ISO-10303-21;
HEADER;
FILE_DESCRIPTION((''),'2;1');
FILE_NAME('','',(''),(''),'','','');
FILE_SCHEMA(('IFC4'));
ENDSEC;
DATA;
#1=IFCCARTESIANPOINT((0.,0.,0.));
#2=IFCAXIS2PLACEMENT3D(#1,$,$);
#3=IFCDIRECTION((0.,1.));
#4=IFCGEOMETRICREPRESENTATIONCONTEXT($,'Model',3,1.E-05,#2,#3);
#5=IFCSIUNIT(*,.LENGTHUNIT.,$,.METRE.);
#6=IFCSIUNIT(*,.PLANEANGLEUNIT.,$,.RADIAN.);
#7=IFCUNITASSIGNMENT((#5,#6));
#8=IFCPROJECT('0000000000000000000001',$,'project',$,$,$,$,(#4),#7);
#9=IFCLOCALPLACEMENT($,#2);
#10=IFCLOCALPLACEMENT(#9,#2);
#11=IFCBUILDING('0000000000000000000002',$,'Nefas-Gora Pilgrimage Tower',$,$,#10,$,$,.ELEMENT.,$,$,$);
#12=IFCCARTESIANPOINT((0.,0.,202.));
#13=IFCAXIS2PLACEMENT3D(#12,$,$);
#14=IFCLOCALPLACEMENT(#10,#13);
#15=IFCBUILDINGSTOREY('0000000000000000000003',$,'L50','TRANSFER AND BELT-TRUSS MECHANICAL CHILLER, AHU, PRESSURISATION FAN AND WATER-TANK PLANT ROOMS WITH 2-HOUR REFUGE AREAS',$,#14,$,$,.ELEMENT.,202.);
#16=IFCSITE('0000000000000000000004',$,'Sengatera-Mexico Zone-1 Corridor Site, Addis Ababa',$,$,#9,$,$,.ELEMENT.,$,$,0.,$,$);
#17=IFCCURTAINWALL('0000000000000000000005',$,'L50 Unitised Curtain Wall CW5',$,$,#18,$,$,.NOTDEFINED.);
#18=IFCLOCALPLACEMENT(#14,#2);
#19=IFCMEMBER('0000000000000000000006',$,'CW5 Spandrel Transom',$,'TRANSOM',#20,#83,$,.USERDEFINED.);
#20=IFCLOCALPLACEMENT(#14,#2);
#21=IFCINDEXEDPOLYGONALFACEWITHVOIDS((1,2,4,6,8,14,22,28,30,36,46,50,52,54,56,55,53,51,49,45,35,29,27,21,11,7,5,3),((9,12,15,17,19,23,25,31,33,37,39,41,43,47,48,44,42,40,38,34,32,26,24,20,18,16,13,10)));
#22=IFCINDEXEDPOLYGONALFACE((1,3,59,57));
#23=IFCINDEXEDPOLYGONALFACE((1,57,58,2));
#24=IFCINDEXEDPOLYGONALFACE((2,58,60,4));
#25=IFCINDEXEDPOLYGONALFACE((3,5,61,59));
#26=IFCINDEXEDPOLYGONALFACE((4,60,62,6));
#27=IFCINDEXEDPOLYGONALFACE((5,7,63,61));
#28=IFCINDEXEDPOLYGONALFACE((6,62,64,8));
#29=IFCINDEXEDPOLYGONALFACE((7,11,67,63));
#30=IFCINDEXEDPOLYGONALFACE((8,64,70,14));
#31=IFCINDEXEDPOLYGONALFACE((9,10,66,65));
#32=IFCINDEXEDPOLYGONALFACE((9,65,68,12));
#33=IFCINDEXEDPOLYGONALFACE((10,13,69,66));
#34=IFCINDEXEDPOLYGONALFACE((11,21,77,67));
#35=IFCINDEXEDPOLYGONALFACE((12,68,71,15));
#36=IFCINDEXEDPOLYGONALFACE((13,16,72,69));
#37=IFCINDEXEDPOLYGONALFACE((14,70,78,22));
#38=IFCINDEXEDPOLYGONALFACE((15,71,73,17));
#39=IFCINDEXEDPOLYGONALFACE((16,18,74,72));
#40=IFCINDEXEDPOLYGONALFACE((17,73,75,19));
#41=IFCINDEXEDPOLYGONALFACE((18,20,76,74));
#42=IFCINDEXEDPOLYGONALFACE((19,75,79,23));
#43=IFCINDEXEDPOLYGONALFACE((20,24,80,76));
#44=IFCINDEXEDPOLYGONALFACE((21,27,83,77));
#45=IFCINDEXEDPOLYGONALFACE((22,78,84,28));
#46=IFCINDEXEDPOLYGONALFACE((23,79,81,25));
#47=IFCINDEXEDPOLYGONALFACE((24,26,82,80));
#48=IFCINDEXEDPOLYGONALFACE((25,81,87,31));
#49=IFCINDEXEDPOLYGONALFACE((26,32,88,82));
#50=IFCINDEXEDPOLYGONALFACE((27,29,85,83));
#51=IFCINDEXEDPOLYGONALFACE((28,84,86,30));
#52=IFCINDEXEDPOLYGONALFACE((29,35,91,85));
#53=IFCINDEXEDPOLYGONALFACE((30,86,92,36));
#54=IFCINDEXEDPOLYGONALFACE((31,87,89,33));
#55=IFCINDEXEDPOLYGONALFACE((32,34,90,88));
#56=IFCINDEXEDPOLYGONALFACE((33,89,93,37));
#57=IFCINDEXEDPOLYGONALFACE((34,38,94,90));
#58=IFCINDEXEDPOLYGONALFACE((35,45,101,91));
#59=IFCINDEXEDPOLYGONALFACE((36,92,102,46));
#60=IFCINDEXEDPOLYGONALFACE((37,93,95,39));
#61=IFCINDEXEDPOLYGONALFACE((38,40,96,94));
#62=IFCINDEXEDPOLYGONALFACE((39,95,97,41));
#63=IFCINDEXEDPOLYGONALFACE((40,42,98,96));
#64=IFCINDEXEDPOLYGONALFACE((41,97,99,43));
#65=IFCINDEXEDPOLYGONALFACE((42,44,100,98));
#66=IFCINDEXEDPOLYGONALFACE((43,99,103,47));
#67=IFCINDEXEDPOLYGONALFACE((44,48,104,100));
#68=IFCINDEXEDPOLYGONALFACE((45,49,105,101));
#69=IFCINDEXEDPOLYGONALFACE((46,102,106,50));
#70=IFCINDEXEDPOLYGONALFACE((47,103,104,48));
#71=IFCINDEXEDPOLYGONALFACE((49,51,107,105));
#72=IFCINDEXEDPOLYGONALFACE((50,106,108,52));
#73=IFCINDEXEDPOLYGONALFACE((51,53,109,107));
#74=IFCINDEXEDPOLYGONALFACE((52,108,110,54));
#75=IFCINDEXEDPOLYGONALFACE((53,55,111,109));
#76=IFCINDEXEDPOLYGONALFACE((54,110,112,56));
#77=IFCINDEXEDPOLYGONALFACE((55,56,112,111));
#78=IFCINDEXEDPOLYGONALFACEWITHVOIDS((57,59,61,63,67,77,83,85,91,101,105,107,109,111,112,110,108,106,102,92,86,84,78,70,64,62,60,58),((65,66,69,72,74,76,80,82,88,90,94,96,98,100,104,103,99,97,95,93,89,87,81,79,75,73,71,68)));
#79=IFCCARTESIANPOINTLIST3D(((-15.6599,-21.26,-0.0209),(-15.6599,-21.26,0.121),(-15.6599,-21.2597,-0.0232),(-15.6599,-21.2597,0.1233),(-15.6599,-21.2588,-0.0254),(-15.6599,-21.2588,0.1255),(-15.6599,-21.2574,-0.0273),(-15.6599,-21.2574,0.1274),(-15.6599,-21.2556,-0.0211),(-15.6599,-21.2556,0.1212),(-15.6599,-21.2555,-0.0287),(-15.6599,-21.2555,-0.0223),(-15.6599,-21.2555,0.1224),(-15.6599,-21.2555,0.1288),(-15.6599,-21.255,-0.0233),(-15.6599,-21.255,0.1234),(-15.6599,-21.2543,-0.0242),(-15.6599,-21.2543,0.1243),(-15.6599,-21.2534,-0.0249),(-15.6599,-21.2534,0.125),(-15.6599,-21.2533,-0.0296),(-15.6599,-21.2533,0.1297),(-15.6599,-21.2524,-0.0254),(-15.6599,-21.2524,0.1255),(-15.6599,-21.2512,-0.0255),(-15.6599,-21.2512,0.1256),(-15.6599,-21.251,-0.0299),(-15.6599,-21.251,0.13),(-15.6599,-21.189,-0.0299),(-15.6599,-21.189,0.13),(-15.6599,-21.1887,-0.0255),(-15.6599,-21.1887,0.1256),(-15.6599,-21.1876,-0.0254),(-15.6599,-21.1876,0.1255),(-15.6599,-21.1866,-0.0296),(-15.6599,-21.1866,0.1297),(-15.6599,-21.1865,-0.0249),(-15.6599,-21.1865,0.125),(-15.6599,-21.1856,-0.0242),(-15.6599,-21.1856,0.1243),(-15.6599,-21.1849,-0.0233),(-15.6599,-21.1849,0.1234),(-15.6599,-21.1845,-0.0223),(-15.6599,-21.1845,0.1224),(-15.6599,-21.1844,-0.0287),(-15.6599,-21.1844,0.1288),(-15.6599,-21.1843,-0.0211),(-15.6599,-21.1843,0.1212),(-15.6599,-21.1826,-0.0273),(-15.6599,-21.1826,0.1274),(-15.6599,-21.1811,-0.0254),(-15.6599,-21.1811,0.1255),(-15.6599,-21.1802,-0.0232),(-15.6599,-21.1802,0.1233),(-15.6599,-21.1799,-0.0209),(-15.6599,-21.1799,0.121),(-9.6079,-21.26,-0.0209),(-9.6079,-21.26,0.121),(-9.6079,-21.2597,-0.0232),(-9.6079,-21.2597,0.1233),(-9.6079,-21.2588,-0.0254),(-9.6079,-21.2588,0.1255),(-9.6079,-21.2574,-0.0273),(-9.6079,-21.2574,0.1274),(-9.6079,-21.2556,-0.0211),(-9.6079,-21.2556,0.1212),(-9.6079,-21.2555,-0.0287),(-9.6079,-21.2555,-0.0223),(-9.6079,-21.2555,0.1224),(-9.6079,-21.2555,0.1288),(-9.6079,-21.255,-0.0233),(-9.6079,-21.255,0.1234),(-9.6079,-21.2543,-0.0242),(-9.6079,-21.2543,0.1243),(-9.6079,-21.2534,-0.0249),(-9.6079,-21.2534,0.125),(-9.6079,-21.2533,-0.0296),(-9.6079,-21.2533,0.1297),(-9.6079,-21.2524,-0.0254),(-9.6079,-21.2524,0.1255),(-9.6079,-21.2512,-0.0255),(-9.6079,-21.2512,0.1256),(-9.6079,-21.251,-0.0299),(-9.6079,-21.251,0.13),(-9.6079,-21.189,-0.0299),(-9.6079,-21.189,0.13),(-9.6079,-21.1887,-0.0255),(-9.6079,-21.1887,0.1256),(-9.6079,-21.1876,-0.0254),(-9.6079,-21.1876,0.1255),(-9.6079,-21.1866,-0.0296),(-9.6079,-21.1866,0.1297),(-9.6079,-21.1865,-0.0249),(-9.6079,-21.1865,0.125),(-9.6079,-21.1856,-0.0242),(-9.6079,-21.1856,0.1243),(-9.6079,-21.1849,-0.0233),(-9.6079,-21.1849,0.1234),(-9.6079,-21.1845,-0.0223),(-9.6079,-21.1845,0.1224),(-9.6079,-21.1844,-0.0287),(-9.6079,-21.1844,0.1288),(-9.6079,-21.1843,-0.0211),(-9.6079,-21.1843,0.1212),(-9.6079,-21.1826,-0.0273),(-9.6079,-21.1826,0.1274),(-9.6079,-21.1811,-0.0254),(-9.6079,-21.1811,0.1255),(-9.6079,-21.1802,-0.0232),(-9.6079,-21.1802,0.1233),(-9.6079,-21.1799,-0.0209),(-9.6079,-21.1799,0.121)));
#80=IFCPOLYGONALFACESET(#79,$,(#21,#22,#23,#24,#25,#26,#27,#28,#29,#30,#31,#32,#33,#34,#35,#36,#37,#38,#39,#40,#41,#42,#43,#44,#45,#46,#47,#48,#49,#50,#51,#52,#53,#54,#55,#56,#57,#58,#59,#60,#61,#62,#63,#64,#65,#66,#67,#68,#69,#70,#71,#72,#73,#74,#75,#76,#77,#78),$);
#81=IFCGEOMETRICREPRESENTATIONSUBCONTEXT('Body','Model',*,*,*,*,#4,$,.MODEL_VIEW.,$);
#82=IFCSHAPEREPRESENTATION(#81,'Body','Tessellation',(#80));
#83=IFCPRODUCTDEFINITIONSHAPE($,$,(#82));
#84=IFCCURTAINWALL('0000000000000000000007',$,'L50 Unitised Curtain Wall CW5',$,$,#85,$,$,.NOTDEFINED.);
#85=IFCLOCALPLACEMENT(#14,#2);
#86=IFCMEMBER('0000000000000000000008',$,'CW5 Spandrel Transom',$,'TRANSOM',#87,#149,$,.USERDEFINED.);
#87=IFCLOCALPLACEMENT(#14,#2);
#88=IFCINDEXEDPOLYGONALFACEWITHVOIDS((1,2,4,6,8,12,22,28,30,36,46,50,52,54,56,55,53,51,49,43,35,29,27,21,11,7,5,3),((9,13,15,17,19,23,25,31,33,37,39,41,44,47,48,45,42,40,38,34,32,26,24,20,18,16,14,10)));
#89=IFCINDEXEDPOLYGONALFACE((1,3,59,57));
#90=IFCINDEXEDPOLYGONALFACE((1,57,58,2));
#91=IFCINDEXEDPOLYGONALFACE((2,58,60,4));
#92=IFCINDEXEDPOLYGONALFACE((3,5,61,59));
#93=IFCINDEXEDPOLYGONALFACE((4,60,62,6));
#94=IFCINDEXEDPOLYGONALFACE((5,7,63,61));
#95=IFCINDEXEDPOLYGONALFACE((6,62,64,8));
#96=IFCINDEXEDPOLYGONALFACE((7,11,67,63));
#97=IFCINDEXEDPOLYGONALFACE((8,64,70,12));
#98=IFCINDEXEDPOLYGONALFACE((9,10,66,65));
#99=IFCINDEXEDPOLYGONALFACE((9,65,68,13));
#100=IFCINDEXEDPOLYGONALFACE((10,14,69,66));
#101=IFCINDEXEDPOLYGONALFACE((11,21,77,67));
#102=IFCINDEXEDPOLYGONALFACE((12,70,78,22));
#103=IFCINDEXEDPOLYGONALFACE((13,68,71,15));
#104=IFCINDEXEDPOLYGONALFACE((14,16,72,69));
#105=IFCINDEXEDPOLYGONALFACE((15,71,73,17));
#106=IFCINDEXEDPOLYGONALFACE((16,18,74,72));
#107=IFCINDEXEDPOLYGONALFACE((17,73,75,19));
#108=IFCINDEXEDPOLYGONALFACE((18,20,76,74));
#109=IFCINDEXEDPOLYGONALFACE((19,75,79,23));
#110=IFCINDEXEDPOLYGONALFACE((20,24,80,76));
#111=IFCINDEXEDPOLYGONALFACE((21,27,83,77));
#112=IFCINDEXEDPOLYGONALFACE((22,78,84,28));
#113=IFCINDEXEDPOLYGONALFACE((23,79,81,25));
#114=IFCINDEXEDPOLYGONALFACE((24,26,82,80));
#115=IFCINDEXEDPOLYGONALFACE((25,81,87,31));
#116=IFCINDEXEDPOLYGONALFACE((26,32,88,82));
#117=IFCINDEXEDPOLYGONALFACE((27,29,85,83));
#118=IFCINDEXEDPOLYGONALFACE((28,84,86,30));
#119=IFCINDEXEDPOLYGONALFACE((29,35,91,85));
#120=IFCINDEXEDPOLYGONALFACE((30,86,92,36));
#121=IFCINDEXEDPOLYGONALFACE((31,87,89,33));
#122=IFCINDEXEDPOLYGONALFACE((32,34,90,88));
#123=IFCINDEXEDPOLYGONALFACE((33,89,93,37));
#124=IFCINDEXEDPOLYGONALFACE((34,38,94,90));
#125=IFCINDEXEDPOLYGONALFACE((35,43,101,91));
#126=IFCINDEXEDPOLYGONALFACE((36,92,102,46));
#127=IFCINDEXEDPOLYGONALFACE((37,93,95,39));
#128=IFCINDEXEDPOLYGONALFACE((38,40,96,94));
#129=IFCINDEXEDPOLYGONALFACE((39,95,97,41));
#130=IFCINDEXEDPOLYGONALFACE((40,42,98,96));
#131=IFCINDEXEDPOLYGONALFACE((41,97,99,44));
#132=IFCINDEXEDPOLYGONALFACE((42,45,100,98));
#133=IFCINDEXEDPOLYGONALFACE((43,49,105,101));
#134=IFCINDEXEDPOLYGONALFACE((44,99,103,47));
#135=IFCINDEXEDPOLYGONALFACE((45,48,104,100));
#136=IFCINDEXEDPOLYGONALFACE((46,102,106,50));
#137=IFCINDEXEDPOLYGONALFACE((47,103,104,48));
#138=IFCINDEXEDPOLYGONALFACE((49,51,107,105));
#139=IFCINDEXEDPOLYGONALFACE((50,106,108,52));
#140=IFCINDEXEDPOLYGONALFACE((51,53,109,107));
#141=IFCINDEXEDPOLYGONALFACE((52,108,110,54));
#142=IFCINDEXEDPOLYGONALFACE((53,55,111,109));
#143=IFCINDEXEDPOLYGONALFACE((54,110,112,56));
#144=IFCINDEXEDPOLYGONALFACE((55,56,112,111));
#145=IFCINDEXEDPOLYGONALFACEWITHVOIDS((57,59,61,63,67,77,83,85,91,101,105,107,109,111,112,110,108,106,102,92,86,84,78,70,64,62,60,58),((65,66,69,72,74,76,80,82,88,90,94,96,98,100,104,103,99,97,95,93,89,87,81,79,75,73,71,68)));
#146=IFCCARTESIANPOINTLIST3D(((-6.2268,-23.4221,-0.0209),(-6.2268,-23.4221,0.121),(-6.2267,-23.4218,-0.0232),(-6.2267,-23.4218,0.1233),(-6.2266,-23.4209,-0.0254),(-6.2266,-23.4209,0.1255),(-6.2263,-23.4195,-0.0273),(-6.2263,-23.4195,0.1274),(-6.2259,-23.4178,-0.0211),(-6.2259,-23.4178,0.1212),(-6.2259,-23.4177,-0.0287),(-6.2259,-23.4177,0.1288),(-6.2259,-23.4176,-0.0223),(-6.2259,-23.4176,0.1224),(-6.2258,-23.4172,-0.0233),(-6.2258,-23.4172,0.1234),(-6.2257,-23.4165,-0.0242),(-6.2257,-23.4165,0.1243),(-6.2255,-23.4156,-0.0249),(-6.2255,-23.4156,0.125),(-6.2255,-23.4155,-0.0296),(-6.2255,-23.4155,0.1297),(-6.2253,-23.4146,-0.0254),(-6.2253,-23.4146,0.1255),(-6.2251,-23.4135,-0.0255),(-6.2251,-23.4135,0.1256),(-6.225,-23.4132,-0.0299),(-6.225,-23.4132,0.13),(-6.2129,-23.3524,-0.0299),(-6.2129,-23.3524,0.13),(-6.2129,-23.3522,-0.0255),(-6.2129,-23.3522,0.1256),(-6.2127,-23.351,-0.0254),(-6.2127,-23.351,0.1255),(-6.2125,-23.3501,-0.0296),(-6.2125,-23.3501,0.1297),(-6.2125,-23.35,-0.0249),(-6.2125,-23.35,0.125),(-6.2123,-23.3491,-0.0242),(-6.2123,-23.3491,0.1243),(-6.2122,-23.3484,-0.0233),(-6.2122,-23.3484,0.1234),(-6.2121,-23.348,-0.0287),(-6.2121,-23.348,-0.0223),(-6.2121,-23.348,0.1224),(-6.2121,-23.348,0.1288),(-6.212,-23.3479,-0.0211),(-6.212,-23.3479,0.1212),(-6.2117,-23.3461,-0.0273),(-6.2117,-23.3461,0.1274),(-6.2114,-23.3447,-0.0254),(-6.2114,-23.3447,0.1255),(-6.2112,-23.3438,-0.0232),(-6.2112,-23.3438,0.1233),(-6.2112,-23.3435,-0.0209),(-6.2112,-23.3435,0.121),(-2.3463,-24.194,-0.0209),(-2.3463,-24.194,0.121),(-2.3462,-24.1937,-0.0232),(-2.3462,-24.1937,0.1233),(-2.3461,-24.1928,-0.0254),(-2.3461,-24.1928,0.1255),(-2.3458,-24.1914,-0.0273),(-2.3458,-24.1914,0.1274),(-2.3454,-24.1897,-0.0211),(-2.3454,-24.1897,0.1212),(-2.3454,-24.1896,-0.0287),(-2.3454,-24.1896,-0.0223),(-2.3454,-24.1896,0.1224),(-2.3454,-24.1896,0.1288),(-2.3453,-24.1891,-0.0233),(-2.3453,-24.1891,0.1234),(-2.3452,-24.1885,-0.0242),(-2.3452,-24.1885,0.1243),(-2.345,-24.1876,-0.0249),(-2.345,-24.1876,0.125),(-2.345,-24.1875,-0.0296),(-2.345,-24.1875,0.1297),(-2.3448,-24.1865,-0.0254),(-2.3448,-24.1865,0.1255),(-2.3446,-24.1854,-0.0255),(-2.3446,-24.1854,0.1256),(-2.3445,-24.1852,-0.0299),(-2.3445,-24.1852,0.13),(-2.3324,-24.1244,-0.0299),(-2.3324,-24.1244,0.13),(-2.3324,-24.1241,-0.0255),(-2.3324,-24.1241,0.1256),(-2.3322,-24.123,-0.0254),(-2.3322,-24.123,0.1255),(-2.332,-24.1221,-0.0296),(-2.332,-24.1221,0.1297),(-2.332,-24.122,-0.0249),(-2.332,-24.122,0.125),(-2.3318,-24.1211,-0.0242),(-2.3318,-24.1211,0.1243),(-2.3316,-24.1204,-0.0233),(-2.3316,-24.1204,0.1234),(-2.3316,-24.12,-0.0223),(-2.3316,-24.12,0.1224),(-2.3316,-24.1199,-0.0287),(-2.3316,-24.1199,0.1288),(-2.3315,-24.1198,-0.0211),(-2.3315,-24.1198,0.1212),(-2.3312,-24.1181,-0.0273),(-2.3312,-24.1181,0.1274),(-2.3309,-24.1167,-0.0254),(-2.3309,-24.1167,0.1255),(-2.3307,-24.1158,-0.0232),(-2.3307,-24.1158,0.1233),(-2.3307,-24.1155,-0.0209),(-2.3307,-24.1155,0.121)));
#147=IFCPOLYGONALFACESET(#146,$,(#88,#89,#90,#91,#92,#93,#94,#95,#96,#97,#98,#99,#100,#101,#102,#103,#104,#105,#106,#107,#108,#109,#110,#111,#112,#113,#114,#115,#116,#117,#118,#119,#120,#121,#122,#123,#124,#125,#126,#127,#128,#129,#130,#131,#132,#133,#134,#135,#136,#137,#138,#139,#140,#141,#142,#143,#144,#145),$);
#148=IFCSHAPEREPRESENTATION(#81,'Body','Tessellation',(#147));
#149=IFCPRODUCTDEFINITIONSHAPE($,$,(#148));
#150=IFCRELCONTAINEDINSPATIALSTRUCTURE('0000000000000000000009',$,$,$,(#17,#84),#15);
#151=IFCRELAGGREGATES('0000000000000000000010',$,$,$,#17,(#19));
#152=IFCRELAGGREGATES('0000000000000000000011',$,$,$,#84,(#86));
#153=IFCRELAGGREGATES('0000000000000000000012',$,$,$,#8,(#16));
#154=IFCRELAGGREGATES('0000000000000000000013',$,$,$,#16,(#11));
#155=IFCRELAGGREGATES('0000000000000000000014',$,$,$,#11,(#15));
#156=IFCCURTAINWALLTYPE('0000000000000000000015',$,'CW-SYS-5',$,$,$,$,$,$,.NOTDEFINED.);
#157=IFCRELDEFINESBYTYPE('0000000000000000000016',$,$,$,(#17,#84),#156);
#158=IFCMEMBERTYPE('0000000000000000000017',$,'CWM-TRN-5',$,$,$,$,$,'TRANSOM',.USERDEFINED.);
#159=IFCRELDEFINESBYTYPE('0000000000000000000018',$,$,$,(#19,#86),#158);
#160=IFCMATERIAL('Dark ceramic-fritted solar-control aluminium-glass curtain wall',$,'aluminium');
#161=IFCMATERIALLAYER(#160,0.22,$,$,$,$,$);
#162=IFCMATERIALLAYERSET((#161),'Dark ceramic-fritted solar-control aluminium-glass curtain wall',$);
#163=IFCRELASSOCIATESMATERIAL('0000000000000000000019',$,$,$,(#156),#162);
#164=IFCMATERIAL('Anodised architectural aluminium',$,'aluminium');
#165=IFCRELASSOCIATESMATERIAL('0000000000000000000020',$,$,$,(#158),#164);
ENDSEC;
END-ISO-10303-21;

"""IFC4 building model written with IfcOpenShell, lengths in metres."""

from ifc_helpers import new_model, si_unit, direction, frame, origin, origin_2d, place, context, subcontext, project, spatial, hollow_rectangle, extrude, source, transform, mapped, material, layer, layer_set, material_profile, profile_set, type_object, element, aggregate, save


model = new_model("IFC4")

# Units and contexts
model_context = context("Model", 3, precision=1e-05, world=origin(), true_north=direction((0.0, 1.0)))
body_context = subcontext(model_context, "Body", "Model", "MODEL_VIEW")
ifc_project = project(units=[si_unit("LENGTHUNIT", "METRE"), si_unit("PLANEANGLEUNIT", "RADIAN")], contexts=[model_context])

# Site, building, storey
site_placement = place(None, origin())
site = spatial("IfcSite", under=ifc_project, at=site_placement, Name="Sengatera-Mexico Zone-1 Corridor Site, Addis Ababa", CompositionType="ELEMENT", RefElevation=0.0)
building_placement = place(site_placement, origin())
building = spatial("IfcBuilding", under=site, at=building_placement, Name="Nefas-Gora Pilgrimage Tower", CompositionType="ELEMENT")
storey_placement = place(building_placement, frame((0.0, 0.0, 202.0)))
storey = spatial("IfcBuildingStorey", under=building, at=storey_placement, Name="L50", Description="TRANSFER AND BELT-TRUSS MECHANICAL CHILLER, AHU, PRESSURISATION FAN AND WATER-TANK PLANT ROOMS WITH 2-HOUR REFUGE AREAS", CompositionType="ELEMENT", Elevation=202.0)

# Curtain walls, members
ifc_material_1 = material(Name="Dark ceramic-fritted solar-control aluminium-glass curtain wall", Category="aluminium")
ifc_layer_1 = layer(ifc_material_1, 0.22)
ifc_layer_set_1 = layer_set([ifc_layer_1], Name="Dark ceramic-fritted solar-control aluminium-glass curtain wall")
curtain_wall_type = type_object("IfcCurtainWallType", Name="CW-SYS-5", PredefinedType="NOTDEFINED", material=ifc_layer_set_1)
curtain_wall_1_placement = place(storey_placement, origin())
curtain_wall_1 = element("IfcCurtainWall", 1, at=curtain_wall_1_placement, inside=storey, type_object=curtain_wall_type, Name="L50 Unitised Curtain Wall CW5", PredefinedType="NOTDEFINED")
ifc_material_2 = material(Name="Anodised architectural aluminium", Category="aluminium")
ifc_material_profile_1 = material_profile(ifc_material_2, hollow_rectangle(XDim=0.0801, YDim=0.1599, WallThickness=0.0044, InnerFilletRadius=0.0044, OuterFilletRadius=0.009, at=origin_2d()), Name="ALU TRANSOM 80x160")
ifc_profile_set_1 = profile_set([ifc_material_profile_1], Name="Anodised architectural aluminium")
member_type_1 = type_object("IfcMemberType", Name="CWM-TRN-5", ElementType="TRANSOM", PredefinedType="USERDEFINED", material=ifc_profile_set_1)
shared_shape_1 = source(origin(), body_context, "Body", "SweptSolid", [
    extrude(hollow_rectangle(XDim=0.0801, YDim=0.1599, WallThickness=0.0044, InnerFilletRadius=0.0044, OuterFilletRadius=0.009, at=origin_2d()), origin(), (0.0, 0.0, 1.0), 6.052),
])
member_1_placement = place(storey_placement, frame((-15.6599, -21.22, 0.05), z_axis=(1.0, 0.0, 0.0), x_axis=(0.0, 1.0, 0.0)))
member_1 = element("IfcMember", 2, at=member_1_placement, type_object=member_type_1, Name="CW5 Spandrel Transom", ObjectType="TRANSOM", PredefinedType="USERDEFINED", context=body_context, shape_type="MappedRepresentation", body=[
    mapped(shared_shape_1, transform((0.0, 0.0, 0.0), x_axis=(1.0, 0.0, 0.0), y_axis=(0.0, 1.0, 0.0), z_axis=(0.0, 0.0, 1.0), scale=1.0)),
])
curtain_wall_2_placement = place(storey_placement, origin())
curtain_wall_2 = element("IfcCurtainWall", 3, at=curtain_wall_2_placement, inside=storey, type_object=curtain_wall_type, Name="L50 Unitised Curtain Wall CW5", PredefinedType="NOTDEFINED")
shared_shape_2 = source(origin(), body_context, "Body", "SweptSolid", [
    extrude(hollow_rectangle(XDim=0.0801, YDim=0.1599, WallThickness=0.0044, InnerFilletRadius=0.0044, OuterFilletRadius=0.009, at=origin_2d()), origin(), (0.0, 0.0, 1.0), 3.9565),
])
member_2_placement = place(storey_placement, frame((-6.219, -23.3828, 0.05), z_axis=(0.980782, -0.195107, 0.0), x_axis=(0.195107, 0.980782, 0.0)))
member_2 = element("IfcMember", 4, at=member_2_placement, type_object=member_type_1, Name="CW5 Spandrel Transom", ObjectType="TRANSOM", PredefinedType="USERDEFINED", context=body_context, shape_type="MappedRepresentation", body=[
    mapped(shared_shape_2, transform((0.0, 0.0, 0.0), x_axis=(1.0, 0.0, 0.0), y_axis=(0.0, 1.0, 0.0), z_axis=(0.0, 0.0, 1.0), scale=1.0)),
])

aggregate(curtain_wall_1, [member_1])
aggregate(curtain_wall_2, [member_2])

save(model, "model.ifc")
